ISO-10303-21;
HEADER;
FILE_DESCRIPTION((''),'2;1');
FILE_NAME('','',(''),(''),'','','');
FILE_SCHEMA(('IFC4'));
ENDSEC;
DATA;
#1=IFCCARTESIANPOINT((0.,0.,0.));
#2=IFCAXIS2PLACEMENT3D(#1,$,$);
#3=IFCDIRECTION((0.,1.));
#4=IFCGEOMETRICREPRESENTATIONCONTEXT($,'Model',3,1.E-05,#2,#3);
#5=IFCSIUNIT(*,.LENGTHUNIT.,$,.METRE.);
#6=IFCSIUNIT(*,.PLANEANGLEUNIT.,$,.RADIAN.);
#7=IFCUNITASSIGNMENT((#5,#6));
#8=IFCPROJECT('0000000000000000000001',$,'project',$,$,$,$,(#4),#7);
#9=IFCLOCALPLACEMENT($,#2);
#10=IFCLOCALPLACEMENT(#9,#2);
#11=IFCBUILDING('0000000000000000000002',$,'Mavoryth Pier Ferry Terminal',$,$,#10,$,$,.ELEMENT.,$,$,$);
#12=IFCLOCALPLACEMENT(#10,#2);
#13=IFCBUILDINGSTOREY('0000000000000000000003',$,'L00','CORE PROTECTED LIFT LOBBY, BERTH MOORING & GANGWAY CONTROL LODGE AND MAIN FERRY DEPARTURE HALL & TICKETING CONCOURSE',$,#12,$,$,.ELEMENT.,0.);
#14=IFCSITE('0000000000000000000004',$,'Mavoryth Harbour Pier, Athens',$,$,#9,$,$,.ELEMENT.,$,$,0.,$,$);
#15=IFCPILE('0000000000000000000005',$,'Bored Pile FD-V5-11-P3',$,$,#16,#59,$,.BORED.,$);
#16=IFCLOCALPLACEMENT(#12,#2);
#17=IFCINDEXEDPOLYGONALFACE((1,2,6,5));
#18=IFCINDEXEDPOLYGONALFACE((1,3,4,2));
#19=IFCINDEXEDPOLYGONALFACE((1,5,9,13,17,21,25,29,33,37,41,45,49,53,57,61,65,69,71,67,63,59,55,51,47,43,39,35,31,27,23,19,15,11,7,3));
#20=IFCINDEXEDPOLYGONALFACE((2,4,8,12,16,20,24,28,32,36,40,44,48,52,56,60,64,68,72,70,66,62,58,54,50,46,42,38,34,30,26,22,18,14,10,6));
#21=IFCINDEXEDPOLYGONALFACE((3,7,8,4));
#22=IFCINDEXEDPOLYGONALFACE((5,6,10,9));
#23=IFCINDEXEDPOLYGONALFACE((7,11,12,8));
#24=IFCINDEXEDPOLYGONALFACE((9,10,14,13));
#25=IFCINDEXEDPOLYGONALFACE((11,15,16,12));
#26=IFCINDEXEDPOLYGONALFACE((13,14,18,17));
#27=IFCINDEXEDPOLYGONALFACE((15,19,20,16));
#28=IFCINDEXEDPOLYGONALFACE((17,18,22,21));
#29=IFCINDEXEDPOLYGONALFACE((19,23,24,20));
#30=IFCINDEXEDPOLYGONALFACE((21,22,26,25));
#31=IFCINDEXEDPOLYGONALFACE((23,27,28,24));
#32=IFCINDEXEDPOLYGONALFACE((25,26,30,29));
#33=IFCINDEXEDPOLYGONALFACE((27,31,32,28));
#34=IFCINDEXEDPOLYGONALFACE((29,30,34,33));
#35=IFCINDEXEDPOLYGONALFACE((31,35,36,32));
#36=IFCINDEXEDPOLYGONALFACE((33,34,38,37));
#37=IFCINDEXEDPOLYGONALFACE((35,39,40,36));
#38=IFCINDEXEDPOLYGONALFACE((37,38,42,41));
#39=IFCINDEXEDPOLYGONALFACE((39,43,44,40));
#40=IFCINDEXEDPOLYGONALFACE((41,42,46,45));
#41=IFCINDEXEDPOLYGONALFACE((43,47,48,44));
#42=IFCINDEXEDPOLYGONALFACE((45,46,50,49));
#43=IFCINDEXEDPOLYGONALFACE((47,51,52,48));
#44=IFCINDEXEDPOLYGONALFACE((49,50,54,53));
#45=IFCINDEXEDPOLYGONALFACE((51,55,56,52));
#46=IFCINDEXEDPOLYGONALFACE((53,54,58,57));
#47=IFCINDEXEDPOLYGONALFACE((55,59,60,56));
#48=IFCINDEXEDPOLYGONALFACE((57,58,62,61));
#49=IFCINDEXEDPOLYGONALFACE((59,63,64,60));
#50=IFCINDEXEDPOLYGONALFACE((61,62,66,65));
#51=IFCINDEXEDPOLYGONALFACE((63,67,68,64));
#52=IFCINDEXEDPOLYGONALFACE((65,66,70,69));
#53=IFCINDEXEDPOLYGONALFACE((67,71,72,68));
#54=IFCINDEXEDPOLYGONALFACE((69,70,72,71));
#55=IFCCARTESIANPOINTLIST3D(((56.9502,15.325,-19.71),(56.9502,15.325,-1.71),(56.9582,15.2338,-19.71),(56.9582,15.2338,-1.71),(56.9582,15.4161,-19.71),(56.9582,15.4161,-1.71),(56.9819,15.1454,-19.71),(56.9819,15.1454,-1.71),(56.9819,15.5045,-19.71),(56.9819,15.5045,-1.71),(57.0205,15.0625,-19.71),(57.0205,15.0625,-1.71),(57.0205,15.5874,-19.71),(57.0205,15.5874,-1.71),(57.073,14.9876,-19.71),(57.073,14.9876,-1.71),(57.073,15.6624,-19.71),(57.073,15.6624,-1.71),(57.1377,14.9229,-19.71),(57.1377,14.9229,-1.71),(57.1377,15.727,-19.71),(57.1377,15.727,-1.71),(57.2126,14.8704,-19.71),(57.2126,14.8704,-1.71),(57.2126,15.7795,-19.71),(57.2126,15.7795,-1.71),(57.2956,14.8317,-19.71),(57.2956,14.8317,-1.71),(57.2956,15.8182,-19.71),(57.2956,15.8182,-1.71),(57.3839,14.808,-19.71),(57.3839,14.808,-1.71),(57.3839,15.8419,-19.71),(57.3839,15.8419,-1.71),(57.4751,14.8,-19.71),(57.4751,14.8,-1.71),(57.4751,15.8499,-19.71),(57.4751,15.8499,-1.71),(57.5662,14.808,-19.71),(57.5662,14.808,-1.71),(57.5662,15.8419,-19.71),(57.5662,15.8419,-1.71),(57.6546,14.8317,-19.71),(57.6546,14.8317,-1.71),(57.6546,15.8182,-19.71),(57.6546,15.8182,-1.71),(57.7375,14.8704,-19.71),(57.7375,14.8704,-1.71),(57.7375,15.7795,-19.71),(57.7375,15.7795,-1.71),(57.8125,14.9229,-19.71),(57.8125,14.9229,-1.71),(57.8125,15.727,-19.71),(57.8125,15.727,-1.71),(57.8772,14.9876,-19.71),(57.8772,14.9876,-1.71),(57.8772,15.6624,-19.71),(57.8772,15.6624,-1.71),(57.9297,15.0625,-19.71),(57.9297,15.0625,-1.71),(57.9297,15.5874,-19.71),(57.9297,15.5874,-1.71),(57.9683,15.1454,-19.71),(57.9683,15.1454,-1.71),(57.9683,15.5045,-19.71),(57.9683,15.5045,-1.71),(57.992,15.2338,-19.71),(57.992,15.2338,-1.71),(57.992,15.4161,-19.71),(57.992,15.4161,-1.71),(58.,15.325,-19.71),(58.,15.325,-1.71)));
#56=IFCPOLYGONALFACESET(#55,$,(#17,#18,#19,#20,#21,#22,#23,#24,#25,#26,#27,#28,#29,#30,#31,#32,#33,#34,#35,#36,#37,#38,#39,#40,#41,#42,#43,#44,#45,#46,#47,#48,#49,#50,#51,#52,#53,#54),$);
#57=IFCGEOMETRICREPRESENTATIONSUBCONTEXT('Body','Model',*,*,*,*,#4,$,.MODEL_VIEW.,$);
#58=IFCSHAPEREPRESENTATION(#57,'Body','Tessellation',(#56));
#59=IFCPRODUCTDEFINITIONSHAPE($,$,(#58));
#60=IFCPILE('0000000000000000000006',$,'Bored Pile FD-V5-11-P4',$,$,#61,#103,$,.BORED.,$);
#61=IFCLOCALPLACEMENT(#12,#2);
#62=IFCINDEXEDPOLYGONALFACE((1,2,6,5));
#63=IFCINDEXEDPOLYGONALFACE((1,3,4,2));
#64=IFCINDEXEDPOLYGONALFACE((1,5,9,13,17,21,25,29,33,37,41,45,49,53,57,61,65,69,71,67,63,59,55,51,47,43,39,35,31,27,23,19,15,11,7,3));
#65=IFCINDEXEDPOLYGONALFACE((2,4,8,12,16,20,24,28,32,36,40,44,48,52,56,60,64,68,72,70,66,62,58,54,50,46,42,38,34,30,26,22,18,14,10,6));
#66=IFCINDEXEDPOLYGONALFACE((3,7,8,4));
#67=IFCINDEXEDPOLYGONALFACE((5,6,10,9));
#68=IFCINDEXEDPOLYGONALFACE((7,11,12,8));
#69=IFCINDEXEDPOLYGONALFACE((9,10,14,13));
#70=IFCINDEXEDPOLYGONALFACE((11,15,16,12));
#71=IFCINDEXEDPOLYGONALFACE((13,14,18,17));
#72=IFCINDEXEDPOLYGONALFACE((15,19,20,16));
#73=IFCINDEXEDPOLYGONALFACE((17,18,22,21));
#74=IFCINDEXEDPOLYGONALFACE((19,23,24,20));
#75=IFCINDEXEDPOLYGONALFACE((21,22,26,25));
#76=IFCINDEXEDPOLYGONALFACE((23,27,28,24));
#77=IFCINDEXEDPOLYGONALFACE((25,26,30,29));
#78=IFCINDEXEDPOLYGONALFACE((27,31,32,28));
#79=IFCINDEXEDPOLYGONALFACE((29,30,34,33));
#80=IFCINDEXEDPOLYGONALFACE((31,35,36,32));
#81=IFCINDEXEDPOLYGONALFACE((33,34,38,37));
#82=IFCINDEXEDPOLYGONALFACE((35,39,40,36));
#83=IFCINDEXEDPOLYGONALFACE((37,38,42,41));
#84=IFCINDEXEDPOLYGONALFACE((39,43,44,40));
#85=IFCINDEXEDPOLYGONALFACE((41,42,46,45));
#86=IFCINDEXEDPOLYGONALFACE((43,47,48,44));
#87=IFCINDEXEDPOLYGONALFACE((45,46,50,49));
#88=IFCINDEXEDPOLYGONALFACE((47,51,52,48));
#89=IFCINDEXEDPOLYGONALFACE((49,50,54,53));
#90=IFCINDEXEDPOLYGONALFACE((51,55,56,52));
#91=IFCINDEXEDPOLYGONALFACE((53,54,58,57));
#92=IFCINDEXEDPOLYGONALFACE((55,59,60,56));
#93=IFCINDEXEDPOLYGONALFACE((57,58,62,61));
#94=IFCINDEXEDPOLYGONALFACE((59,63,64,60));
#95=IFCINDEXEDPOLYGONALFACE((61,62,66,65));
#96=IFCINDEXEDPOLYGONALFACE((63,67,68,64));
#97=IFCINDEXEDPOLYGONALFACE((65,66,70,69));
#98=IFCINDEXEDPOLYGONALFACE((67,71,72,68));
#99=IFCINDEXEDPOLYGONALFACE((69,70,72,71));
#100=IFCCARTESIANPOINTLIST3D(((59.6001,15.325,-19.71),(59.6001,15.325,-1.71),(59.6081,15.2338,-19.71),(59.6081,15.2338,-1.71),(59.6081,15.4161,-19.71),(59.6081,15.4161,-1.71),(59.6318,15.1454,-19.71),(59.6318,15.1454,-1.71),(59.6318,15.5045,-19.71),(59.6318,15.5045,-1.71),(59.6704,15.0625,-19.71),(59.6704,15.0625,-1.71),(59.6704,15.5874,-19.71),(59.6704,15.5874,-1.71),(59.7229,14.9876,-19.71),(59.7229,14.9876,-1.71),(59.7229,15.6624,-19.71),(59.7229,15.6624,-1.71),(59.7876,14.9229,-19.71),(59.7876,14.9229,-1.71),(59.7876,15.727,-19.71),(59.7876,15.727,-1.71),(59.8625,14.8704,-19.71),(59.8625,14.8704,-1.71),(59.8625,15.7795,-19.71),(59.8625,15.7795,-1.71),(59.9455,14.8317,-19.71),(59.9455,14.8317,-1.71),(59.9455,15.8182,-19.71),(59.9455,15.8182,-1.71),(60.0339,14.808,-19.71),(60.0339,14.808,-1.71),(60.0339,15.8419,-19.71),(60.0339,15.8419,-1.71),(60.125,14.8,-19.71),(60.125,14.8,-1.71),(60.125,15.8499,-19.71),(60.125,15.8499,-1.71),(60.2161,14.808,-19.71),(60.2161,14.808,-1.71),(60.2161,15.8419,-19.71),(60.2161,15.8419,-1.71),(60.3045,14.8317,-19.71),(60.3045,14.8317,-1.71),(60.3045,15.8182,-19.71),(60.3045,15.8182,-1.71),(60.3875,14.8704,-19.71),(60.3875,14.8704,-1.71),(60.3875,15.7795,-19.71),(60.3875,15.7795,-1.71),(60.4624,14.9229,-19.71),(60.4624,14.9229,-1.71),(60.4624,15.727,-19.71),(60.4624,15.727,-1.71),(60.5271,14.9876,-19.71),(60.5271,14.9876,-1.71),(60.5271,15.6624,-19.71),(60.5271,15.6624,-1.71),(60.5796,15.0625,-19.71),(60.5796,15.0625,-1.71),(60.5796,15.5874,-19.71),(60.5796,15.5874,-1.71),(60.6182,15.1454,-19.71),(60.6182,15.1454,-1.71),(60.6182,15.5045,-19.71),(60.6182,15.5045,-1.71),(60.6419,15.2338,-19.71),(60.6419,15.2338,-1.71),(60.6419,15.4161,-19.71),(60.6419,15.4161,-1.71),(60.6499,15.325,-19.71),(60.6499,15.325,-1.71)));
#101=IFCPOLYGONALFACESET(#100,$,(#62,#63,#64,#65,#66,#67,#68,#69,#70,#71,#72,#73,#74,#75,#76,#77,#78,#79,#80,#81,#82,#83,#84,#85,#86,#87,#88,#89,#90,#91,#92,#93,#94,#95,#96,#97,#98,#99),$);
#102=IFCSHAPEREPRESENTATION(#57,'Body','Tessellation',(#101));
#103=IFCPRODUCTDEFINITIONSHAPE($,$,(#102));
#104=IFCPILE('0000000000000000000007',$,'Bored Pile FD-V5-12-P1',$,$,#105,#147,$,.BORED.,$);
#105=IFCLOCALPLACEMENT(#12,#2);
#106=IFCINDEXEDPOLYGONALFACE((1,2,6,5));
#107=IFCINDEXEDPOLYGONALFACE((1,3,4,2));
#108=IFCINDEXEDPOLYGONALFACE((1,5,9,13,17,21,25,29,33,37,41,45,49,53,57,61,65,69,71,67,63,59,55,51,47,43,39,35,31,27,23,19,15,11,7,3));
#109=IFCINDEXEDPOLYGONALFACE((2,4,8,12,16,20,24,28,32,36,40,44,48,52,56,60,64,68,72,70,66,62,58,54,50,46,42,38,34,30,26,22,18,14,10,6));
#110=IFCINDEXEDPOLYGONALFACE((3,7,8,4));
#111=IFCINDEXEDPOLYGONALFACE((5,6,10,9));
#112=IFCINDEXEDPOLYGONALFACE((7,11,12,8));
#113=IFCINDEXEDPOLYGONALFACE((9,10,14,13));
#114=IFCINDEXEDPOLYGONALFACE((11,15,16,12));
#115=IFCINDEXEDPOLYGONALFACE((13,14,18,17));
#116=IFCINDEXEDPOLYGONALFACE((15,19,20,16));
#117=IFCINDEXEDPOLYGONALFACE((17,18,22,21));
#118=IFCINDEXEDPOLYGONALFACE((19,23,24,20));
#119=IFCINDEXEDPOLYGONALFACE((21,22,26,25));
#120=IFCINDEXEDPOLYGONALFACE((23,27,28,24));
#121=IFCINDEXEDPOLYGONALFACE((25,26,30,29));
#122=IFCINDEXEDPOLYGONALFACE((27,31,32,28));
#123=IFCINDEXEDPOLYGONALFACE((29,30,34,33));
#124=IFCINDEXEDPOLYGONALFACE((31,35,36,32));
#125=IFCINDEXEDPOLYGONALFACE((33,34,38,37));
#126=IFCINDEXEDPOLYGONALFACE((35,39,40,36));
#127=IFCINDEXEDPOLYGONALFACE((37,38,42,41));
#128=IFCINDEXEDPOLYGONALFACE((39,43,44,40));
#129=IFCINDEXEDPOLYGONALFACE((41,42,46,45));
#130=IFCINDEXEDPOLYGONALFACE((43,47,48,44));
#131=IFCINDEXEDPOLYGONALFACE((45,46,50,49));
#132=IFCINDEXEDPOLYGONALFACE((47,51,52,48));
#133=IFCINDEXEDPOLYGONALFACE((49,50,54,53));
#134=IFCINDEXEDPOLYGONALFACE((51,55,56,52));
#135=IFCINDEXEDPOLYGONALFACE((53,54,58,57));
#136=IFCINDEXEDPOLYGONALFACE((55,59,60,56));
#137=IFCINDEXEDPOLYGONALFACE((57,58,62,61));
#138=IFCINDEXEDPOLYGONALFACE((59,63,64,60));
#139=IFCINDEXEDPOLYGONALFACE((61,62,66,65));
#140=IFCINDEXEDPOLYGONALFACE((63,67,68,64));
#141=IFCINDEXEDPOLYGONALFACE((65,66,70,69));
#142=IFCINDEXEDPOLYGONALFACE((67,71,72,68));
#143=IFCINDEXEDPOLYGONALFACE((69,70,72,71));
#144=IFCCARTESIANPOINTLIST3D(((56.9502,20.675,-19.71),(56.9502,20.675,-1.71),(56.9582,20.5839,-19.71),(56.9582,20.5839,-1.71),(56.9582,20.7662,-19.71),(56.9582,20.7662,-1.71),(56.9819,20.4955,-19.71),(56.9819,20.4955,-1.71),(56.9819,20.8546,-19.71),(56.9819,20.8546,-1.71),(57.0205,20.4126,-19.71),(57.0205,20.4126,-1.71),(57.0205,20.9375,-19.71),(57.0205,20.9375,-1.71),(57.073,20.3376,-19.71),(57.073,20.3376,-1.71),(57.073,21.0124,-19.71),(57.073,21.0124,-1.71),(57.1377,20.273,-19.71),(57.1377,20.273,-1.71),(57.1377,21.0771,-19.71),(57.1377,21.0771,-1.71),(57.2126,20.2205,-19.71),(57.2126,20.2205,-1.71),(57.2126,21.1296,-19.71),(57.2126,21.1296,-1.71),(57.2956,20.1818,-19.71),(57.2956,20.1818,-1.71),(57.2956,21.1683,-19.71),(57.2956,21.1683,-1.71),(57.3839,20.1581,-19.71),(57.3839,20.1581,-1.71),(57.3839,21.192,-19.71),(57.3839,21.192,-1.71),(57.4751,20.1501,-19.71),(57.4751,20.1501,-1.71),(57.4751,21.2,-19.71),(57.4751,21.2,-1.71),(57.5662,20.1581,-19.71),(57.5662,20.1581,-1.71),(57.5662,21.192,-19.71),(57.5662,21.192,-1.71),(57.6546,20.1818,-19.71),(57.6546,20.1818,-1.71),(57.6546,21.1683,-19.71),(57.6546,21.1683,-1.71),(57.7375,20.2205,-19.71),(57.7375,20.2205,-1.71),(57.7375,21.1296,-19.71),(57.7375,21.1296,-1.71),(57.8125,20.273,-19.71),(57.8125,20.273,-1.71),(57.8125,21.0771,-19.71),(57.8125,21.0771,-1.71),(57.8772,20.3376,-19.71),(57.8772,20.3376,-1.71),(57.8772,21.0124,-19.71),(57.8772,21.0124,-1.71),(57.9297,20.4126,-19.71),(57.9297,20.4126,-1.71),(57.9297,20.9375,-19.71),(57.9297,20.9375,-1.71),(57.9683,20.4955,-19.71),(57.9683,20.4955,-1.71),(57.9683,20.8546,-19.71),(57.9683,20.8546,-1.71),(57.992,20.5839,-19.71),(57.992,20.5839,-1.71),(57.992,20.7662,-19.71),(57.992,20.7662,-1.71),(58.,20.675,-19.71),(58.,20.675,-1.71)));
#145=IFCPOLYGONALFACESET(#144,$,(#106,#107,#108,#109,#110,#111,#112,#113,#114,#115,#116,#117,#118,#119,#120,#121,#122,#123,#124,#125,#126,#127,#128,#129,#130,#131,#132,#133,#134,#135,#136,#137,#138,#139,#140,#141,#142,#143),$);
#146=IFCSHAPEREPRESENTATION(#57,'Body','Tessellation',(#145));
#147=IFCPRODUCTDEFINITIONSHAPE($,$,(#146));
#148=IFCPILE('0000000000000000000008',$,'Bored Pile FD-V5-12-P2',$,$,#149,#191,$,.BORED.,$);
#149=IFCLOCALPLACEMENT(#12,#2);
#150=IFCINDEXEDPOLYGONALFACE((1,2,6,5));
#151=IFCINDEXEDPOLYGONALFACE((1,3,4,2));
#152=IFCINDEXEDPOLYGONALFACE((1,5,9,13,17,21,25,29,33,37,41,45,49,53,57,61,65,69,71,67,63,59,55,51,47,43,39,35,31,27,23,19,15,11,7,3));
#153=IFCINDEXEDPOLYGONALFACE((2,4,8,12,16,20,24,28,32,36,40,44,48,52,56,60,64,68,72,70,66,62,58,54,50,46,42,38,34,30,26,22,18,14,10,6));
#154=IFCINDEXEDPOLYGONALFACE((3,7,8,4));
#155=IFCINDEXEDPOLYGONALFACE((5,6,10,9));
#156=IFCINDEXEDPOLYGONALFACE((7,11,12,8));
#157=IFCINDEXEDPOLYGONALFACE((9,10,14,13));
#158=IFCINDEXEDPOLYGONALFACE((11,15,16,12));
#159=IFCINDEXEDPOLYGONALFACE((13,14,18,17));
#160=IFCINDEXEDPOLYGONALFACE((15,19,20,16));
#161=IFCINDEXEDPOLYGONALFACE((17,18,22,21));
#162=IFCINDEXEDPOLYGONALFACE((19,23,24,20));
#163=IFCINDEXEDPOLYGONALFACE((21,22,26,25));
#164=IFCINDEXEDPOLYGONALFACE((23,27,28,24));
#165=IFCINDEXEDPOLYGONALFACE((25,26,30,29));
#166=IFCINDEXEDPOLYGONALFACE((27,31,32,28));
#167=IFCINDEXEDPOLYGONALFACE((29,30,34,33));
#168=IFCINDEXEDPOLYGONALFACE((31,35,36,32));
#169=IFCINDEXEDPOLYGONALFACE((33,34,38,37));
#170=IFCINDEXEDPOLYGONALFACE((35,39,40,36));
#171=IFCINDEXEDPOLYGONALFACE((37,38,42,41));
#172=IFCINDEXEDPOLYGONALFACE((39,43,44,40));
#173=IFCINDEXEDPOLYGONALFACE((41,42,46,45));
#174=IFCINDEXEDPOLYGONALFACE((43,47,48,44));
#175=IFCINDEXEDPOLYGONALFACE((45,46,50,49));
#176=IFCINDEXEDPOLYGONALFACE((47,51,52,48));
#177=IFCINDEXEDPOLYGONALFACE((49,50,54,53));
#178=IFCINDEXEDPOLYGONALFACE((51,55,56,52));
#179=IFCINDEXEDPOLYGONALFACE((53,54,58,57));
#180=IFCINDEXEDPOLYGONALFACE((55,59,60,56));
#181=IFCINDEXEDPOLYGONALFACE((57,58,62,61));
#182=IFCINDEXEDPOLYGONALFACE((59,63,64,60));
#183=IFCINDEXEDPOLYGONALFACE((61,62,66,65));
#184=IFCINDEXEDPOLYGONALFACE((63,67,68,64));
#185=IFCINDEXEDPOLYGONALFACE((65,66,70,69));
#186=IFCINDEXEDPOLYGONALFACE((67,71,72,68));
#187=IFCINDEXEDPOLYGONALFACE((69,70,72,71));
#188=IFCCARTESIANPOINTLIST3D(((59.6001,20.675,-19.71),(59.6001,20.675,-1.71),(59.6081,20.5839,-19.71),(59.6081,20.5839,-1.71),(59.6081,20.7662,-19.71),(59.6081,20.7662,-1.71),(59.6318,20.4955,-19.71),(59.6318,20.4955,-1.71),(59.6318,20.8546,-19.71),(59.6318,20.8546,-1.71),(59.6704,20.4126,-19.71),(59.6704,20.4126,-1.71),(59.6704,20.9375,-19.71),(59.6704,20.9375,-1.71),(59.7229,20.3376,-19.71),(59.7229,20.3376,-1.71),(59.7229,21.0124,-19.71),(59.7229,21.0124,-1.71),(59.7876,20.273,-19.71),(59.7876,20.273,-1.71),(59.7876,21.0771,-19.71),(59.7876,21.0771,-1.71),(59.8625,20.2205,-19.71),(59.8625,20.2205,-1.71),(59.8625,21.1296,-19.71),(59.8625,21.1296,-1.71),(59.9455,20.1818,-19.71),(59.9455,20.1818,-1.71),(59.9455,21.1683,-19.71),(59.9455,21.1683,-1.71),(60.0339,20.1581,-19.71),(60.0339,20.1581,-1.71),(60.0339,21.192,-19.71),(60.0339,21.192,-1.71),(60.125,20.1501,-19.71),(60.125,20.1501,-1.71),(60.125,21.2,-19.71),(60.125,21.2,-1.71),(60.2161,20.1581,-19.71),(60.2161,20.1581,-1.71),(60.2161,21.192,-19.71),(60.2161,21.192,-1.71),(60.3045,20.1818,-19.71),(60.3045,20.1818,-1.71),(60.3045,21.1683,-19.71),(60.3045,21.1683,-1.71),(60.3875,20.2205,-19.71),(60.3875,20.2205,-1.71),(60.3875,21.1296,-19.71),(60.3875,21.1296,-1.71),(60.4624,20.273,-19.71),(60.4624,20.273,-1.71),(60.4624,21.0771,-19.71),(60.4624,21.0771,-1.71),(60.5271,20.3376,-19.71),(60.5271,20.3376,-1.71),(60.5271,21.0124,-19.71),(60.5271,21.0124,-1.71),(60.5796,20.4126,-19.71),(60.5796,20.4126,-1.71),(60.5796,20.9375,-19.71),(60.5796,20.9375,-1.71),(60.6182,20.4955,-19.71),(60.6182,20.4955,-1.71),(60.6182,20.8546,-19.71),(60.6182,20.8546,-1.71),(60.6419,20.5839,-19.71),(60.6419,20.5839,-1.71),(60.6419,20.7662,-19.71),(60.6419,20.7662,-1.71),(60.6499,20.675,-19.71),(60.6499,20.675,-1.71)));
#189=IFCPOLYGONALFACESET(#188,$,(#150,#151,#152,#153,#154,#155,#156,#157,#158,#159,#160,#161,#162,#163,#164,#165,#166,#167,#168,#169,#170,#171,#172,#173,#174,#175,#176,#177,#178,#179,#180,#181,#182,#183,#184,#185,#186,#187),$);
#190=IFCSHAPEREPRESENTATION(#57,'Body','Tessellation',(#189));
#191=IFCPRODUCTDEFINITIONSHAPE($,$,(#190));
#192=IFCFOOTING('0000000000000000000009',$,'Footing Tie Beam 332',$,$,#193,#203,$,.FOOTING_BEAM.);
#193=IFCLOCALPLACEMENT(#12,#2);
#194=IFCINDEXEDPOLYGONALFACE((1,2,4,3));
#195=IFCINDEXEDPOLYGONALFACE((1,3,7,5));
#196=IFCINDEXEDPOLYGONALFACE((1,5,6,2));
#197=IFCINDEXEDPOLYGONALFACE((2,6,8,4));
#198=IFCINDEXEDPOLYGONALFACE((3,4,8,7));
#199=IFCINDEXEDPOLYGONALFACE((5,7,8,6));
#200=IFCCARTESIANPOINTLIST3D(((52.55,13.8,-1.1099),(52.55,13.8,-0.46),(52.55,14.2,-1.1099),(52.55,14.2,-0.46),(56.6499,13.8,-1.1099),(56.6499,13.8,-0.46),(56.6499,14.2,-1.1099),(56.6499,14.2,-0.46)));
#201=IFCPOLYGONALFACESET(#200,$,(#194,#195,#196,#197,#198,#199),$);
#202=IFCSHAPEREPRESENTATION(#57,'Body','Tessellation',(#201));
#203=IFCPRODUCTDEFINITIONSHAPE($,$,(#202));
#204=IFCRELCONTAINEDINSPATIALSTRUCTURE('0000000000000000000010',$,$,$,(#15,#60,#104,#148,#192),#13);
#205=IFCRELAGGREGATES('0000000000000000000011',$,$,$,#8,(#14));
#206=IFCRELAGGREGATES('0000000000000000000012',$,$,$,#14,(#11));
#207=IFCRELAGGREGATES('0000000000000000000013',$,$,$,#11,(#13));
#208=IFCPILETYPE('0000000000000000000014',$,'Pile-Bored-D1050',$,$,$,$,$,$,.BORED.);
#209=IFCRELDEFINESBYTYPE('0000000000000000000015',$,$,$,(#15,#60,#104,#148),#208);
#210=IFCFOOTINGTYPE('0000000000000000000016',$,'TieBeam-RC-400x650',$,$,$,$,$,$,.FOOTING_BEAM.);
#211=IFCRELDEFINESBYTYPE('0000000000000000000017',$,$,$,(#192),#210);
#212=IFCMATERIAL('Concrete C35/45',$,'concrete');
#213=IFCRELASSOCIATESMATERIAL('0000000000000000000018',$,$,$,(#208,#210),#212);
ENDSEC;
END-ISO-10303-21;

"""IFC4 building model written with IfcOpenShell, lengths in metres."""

from ifc_helpers import new_model, si_unit, direction, frame, origin, origin_2d, place, context, subcontext, project, spatial, rectangle, circle, extrude, material, material_profile, profile_set, type_object, element, save


model = new_model("IFC4")

# Units and contexts
model_context = context("Model", 3, precision=1e-05, world=origin(), true_north=direction((0.0, 1.0)))
body_context = subcontext(model_context, "Body", "Model", "MODEL_VIEW")
ifc_project = project(units=[si_unit("LENGTHUNIT", "METRE"), si_unit("PLANEANGLEUNIT", "RADIAN")], contexts=[model_context])

# Site, building, storey
site_placement = place(None, origin())
site = spatial("IfcSite", under=ifc_project, at=site_placement, Name="Mavoryth Harbour Pier, Athens", CompositionType="ELEMENT", RefElevation=0.0)
building_placement = place(site_placement, origin())
building = spatial("IfcBuilding", under=site, at=building_placement, Name="Mavoryth Pier Ferry Terminal", CompositionType="ELEMENT")
storey_placement = place(building_placement, origin())
storey = spatial("IfcBuildingStorey", under=building, at=storey_placement, Name="L00", Description="CORE PROTECTED LIFT LOBBY, BERTH MOORING & GANGWAY CONTROL LODGE AND MAIN FERRY DEPARTURE HALL & TICKETING CONCOURSE", CompositionType="ELEMENT", Elevation=0.0)

# Shared definitions
ifc_material_1 = material(Name="Concrete C35/45", Category="concrete")

# Piles
ifc_material_profile_1 = material_profile(ifc_material_1, circle(Radius=0.5249, at=origin_2d()), Name="PILE D1050", Category="concrete")
ifc_profile_set_1 = profile_set([ifc_material_profile_1], Name="Concrete C35/45 - PILE D1050")
pile_type = type_object("IfcPileType", Name="Pile-Bored-D1050", PredefinedType="BORED", material=ifc_profile_set_1)
for number, where, z_axis, x_axis, name in (
    (1, (57.4751, 15.325, -1.71), (0.0, 0.0, -1.0), (1.0, 0.0, 0.0), "Bored Pile FD-V5-11-P3"),
    (2, (60.125, 15.325, -1.71), (0.0, 0.0, -1.0), (1.0, 0.0, 0.0), "Bored Pile FD-V5-11-P4"),
    (3, (57.4751, 20.675, -1.71), (0.0, 0.0, -1.0), (1.0, 0.0, 0.0), "Bored Pile FD-V5-12-P1"),
    (4, (60.125, 20.675, -1.71), (0.0, 0.0, -1.0), (1.0, 0.0, 0.0), "Bored Pile FD-V5-12-P2"),
):
    element("IfcPile", number, at=place(storey_placement, frame(where, z_axis=z_axis, x_axis=x_axis)), inside=storey, type_object=pile_type, Name=name, PredefinedType="BORED", context=body_context, shape_type="SweptSolid", body=[
        extrude(circle(Radius=0.5249, at=origin_2d()), origin(), (0.0, 0.0, 1.0), 18.0),
    ])

# Footing
ifc_material_profile_2 = material_profile(ifc_material_1, rectangle(XDim=0.3999, YDim=0.6499, at=origin_2d()), Name="RC 400x650", Category="concrete")
ifc_profile_set_2 = profile_set([ifc_material_profile_2], Name="Concrete C35/45 - RC 400x650")
footing_type_1 = type_object("IfcFootingType", Name="TieBeam-RC-400x650", PredefinedType="FOOTING_BEAM", material=ifc_profile_set_2)
footing_1_placement = place(storey_placement, frame((52.55, 14.0, -0.7849), z_axis=(1.0, 0.0, 0.0), x_axis=(0.0, 1.0, 0.0)))
element("IfcFooting", 5, at=footing_1_placement, inside=storey, type_object=footing_type_1, Name="Footing Tie Beam 332", PredefinedType="FOOTING_BEAM", context=body_context, shape_type="SweptSolid", body=[
    extrude(rectangle(XDim=0.3999, YDim=0.6499, at=origin_2d()), origin(), (0.0, 0.0, 1.0), 4.0999),
])

save(model, "model.ifc")
